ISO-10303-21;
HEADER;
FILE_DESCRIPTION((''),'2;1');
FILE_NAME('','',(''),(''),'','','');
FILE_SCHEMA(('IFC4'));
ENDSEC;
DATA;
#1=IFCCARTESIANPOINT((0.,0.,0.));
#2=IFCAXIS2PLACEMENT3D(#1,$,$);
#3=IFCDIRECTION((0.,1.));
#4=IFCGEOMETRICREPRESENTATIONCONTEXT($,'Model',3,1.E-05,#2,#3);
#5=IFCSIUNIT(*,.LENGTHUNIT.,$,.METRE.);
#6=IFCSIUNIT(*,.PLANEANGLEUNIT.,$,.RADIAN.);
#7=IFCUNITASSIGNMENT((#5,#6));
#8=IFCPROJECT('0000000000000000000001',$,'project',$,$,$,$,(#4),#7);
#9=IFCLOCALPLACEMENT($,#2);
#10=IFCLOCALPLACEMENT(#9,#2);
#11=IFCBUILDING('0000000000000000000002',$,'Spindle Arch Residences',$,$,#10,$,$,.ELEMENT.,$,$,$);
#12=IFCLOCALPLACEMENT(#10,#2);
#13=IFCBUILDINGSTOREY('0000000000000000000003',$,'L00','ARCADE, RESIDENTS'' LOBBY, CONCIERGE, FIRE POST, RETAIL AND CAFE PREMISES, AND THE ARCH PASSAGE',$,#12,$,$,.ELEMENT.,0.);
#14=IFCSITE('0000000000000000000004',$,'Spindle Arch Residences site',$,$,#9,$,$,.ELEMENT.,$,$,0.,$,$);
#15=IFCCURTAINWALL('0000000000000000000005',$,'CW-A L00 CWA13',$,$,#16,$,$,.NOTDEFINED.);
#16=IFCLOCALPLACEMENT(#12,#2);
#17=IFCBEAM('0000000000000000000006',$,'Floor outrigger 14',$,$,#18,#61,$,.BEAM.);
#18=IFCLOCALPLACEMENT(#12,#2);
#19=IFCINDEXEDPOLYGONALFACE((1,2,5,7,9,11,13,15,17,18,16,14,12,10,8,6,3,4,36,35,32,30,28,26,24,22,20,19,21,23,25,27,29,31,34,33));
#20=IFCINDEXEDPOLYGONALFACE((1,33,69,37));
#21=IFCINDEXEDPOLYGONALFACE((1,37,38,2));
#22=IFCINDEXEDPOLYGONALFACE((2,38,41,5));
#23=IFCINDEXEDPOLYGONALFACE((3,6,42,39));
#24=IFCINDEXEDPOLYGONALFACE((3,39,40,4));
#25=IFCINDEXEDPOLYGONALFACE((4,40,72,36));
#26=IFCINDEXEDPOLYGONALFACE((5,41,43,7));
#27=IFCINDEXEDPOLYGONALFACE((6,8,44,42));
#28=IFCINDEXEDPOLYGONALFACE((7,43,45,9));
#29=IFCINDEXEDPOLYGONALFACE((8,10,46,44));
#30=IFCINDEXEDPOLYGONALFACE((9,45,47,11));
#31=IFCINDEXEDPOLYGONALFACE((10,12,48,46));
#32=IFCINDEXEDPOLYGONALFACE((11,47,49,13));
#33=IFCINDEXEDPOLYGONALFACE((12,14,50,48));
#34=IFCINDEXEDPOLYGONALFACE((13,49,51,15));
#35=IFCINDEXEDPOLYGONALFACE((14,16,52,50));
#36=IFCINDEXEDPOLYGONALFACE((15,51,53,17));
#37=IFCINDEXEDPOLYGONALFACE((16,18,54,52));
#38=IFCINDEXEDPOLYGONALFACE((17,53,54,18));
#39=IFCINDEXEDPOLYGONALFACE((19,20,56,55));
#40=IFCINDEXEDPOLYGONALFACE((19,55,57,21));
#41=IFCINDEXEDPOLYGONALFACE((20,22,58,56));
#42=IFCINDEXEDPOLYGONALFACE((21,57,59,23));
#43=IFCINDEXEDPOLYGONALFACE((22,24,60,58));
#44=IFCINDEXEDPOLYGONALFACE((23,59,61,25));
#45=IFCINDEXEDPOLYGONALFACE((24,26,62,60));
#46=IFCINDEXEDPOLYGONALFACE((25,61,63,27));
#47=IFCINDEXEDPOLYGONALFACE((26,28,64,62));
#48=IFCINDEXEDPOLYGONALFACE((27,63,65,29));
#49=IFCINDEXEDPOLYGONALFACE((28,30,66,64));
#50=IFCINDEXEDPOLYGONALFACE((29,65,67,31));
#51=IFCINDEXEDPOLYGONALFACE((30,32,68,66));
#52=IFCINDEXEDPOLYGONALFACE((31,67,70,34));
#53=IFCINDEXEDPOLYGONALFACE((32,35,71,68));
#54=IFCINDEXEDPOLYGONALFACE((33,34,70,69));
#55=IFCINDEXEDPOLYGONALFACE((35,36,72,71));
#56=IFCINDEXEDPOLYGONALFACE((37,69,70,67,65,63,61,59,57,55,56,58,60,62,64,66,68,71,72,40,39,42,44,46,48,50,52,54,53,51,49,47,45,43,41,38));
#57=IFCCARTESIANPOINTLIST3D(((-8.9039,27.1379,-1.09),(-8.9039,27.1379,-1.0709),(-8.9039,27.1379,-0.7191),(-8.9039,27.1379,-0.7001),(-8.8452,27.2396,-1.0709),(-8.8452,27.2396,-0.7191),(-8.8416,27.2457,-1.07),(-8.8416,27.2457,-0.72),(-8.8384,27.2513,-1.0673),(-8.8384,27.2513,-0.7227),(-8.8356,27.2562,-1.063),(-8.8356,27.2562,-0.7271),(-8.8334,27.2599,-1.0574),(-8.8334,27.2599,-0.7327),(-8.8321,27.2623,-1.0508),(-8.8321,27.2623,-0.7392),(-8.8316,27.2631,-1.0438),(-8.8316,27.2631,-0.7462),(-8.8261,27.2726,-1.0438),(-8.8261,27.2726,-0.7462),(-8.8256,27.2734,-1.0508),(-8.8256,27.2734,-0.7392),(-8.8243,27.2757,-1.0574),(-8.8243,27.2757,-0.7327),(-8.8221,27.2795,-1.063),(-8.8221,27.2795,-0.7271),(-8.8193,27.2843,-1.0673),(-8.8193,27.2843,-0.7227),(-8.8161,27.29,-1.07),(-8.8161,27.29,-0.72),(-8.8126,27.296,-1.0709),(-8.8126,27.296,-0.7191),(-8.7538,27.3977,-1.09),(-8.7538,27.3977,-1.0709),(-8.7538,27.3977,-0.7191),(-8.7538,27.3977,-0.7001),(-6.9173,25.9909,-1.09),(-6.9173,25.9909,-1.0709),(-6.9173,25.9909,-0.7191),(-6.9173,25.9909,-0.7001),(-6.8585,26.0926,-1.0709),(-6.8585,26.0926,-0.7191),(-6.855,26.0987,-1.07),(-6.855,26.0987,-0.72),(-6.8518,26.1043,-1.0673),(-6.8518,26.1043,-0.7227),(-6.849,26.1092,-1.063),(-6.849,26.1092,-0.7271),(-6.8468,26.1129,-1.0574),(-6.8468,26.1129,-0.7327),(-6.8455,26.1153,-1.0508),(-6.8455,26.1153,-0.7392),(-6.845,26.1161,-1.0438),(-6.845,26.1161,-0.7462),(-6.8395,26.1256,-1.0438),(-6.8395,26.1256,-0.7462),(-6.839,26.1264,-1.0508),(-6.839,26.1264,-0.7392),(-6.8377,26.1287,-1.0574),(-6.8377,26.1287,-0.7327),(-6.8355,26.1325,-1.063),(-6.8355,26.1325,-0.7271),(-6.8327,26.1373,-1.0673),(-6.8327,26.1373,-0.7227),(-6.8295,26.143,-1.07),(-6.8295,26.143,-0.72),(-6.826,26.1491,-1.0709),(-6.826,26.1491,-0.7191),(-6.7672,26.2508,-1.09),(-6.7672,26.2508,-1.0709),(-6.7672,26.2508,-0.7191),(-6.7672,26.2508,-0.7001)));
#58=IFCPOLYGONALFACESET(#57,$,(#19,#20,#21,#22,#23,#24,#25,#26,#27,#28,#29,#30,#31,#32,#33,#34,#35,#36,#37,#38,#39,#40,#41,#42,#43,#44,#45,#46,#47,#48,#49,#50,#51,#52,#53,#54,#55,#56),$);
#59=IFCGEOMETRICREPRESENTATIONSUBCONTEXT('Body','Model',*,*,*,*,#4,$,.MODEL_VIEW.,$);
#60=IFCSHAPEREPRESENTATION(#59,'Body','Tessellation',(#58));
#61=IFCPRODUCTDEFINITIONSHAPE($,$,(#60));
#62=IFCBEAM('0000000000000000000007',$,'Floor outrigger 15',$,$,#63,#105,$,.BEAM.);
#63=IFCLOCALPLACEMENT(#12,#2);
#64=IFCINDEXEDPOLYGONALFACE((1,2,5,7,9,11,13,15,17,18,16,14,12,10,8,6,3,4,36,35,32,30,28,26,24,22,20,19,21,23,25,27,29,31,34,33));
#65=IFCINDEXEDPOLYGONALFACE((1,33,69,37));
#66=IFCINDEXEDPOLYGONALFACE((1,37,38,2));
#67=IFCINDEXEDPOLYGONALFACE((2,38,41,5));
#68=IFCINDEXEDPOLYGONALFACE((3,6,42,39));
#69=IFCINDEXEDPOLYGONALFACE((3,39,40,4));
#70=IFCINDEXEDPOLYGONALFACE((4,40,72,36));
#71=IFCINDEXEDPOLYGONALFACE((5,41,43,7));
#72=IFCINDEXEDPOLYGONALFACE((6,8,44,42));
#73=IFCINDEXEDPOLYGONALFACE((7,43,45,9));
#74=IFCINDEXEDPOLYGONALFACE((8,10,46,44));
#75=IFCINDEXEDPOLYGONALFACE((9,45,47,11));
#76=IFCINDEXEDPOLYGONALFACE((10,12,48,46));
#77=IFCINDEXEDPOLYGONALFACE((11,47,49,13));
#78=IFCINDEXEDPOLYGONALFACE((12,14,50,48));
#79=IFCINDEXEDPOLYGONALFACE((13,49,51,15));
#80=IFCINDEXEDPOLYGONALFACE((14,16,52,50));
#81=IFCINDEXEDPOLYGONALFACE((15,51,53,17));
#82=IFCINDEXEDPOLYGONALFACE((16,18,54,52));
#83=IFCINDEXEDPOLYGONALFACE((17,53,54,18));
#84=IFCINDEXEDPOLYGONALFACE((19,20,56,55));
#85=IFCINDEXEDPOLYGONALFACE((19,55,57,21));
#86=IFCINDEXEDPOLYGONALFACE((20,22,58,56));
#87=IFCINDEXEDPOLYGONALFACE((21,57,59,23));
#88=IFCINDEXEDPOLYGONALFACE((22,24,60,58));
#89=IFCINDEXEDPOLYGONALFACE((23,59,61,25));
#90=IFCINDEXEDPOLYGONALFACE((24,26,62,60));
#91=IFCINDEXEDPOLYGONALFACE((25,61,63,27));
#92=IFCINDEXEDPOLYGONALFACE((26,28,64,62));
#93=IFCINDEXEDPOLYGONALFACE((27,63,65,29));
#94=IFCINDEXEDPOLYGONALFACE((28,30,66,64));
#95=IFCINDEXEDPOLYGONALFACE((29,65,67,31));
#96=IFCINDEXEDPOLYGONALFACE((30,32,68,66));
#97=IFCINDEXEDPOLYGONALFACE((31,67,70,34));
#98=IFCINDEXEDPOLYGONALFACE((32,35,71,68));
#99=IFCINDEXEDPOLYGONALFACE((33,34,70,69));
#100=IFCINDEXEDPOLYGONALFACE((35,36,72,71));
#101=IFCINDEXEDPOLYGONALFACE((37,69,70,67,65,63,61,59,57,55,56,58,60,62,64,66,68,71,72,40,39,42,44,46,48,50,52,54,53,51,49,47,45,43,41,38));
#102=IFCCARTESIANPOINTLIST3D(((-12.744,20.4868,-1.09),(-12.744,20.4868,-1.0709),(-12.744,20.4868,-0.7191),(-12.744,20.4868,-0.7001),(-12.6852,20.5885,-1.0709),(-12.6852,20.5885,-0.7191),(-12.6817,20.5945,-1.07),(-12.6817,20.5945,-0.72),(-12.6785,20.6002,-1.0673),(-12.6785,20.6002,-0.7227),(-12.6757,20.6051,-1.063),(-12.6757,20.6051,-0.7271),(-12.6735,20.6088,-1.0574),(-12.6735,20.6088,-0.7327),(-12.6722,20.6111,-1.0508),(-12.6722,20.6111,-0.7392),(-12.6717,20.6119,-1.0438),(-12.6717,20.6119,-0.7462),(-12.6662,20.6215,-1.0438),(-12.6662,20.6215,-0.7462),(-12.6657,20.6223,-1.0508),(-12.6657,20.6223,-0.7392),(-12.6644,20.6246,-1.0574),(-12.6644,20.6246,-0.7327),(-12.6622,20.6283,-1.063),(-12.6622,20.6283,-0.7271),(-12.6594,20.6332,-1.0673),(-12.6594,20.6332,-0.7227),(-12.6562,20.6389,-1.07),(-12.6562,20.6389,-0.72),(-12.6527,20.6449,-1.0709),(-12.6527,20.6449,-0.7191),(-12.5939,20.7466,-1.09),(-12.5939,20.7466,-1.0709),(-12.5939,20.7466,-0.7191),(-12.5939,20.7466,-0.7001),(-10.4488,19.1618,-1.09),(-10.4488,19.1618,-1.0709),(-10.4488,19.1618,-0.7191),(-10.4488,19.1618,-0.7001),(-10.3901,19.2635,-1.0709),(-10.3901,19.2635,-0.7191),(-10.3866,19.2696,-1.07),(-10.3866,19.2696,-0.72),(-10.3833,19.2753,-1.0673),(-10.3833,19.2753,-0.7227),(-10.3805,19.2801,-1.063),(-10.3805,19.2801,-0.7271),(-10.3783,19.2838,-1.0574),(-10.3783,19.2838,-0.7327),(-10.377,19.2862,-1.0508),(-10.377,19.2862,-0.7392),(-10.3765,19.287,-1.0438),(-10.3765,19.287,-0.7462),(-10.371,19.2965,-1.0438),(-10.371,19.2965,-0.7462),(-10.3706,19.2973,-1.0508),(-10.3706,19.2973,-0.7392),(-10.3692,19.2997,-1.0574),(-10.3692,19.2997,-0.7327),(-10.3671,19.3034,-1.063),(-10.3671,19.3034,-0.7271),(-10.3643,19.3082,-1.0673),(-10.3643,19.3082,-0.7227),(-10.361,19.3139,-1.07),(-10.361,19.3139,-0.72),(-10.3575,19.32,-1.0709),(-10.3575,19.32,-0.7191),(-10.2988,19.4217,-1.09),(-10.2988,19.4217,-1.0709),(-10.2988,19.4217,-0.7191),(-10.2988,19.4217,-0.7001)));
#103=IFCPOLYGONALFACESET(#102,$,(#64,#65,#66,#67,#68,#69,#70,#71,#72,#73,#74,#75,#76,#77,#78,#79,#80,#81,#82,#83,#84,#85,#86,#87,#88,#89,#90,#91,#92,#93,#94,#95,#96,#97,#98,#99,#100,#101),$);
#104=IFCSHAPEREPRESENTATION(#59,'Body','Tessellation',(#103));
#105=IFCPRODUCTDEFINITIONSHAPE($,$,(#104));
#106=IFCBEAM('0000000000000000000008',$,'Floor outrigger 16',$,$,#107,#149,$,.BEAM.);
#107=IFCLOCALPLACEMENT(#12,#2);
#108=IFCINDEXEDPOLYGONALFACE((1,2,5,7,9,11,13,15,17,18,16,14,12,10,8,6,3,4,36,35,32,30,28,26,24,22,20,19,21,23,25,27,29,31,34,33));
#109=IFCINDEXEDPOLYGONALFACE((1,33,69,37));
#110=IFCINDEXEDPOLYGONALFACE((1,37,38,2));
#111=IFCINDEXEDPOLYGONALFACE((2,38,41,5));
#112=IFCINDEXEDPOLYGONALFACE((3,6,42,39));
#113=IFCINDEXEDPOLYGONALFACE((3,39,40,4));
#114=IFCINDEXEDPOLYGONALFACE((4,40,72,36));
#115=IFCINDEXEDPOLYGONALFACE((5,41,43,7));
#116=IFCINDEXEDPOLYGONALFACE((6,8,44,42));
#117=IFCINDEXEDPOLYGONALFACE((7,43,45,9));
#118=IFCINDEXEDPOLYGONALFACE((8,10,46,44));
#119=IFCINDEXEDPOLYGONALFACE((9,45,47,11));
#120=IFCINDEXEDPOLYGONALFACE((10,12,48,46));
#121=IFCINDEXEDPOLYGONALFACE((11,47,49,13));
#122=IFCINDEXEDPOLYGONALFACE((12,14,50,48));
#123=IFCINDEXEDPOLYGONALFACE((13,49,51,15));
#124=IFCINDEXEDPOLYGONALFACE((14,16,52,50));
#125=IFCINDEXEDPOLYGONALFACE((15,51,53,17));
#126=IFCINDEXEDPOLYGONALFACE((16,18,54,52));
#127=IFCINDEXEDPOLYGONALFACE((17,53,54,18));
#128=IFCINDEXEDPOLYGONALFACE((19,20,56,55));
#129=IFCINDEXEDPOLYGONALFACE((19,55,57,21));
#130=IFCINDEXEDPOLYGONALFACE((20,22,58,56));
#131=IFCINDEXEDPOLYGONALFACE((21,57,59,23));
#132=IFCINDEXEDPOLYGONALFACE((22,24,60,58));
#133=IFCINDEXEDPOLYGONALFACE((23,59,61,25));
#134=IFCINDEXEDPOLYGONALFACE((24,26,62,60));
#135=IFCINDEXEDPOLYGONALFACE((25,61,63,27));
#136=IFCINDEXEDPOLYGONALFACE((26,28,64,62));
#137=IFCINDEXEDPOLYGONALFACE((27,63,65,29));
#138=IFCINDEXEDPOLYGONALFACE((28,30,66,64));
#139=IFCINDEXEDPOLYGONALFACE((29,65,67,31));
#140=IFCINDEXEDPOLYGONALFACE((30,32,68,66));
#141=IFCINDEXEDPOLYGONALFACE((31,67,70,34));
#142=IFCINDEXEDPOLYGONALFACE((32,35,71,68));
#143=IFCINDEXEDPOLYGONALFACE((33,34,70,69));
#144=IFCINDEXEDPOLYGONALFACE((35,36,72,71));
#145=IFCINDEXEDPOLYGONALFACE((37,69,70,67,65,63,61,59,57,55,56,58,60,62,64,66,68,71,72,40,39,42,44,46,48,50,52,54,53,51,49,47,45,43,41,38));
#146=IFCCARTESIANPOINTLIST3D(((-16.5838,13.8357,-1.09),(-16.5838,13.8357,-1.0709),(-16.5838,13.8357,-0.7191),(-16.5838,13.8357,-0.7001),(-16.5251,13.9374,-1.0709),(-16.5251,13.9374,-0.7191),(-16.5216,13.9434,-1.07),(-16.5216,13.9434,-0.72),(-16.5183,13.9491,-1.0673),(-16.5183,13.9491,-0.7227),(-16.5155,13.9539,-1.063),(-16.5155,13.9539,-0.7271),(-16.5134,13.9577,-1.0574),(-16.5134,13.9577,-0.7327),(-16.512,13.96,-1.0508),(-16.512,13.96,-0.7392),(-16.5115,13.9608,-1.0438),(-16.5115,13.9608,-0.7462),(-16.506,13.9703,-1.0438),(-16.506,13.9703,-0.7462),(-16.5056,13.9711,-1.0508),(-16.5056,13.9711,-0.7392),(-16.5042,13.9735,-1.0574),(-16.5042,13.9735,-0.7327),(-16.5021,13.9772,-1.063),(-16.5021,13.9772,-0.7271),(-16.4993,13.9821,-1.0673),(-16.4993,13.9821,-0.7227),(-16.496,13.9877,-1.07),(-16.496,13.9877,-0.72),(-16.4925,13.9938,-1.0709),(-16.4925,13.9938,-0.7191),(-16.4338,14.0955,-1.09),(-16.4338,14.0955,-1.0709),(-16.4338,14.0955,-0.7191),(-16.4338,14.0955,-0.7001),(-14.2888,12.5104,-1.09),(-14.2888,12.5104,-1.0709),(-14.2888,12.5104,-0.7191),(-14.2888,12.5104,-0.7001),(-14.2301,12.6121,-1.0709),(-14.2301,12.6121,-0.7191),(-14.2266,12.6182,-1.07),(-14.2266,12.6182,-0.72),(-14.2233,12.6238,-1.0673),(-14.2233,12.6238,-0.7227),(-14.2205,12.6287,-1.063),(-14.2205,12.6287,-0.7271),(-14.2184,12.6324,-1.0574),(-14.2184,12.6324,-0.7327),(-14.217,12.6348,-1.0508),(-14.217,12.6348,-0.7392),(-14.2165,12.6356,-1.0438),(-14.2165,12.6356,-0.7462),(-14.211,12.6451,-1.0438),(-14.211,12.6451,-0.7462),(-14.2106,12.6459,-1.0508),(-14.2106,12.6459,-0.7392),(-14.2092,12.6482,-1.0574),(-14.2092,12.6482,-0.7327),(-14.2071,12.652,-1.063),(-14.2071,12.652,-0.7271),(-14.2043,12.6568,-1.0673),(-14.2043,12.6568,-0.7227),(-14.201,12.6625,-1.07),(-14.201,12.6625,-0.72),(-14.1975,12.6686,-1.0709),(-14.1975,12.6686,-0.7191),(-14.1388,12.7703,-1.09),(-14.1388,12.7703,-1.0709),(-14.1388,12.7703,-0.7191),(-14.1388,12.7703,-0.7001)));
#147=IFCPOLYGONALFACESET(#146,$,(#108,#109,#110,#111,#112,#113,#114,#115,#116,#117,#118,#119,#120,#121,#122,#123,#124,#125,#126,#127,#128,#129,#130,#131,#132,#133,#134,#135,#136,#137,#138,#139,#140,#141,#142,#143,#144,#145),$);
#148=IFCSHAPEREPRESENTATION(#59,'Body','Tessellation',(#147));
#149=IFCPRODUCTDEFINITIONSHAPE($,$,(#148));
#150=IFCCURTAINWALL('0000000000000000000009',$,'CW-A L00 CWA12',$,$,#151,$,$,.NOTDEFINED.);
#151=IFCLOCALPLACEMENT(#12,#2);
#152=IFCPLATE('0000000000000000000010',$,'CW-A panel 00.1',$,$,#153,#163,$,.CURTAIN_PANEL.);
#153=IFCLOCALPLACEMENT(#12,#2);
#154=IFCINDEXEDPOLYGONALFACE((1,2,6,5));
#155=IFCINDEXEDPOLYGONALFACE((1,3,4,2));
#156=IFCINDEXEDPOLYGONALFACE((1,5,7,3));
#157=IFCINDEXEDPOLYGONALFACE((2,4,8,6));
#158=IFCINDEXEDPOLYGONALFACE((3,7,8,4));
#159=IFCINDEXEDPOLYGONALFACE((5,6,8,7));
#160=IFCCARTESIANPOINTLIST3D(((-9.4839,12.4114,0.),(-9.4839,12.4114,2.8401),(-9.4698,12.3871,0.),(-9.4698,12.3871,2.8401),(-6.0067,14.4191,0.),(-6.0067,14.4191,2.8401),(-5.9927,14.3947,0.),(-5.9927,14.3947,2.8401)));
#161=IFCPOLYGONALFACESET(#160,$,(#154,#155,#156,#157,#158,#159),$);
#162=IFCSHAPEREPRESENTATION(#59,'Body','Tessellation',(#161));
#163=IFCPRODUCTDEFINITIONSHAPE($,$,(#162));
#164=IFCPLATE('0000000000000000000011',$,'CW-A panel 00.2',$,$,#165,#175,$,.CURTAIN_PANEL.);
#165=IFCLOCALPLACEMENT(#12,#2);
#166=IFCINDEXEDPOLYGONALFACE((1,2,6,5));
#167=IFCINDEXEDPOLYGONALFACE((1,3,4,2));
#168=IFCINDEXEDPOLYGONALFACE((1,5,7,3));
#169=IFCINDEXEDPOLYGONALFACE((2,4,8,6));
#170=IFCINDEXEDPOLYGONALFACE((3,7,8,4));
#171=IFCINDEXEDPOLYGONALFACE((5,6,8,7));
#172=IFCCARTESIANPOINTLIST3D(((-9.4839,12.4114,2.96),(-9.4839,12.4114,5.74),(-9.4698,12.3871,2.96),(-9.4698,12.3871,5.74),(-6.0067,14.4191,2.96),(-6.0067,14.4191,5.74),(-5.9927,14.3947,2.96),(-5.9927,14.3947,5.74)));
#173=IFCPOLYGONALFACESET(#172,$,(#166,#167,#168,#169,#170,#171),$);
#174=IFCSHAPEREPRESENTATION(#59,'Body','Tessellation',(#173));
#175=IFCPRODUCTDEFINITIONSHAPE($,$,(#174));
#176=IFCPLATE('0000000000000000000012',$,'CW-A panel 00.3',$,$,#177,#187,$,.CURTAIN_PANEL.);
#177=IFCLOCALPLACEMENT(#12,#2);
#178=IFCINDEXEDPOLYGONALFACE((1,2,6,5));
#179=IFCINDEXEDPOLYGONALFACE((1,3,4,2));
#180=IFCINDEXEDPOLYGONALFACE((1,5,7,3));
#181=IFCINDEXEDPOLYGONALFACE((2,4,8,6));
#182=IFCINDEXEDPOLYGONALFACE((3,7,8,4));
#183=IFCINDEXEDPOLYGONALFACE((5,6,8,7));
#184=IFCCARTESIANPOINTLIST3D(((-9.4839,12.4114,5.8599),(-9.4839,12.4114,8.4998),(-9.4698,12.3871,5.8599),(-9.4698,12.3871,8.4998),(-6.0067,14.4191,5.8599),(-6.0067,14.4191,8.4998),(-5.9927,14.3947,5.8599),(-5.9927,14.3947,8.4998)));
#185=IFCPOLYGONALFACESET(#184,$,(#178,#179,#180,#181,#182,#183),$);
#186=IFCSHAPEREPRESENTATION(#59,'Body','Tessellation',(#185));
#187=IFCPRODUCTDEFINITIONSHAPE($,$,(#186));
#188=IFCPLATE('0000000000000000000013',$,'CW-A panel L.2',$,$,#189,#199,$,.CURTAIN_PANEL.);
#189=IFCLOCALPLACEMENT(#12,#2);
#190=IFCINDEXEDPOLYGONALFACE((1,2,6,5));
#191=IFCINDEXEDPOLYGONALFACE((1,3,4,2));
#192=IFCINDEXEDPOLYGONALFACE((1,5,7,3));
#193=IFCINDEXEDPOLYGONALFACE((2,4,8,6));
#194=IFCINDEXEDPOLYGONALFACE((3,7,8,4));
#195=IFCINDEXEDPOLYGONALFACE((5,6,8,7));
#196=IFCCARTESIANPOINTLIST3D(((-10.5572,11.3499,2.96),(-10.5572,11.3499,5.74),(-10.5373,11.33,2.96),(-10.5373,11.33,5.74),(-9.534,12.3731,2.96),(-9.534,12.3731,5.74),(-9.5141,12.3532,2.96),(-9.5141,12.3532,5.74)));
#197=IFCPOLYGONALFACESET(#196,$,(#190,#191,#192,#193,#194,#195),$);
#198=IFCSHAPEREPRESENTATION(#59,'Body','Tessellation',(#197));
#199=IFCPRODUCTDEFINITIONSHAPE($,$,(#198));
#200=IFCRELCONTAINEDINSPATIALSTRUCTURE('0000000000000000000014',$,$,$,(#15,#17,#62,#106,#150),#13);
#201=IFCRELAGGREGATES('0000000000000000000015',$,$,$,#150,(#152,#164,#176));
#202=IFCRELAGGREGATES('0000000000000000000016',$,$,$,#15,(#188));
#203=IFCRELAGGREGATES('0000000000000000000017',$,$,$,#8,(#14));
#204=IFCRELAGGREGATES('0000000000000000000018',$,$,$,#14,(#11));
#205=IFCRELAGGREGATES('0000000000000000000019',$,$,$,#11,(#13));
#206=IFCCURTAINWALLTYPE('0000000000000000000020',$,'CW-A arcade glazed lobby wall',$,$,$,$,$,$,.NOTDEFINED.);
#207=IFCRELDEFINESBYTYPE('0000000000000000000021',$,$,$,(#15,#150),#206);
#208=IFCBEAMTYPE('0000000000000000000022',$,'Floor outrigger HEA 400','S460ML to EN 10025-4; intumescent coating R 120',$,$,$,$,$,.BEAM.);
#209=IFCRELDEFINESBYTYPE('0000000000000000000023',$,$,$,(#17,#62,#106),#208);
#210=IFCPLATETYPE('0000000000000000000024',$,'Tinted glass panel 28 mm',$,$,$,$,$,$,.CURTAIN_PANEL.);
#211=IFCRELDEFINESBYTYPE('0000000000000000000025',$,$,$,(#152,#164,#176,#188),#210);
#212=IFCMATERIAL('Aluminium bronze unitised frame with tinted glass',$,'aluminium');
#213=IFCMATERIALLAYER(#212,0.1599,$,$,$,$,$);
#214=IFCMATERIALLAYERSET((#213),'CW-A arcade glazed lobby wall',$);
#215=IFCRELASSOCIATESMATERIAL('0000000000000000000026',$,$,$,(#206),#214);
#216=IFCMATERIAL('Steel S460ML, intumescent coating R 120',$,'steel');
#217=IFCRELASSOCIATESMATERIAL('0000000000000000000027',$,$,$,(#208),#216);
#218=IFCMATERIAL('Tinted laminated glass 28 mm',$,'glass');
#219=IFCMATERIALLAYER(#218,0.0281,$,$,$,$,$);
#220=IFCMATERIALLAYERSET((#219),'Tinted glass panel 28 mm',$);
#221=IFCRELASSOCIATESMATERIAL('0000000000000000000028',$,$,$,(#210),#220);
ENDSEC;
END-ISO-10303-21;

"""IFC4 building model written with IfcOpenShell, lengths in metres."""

from ifc_helpers import new_model, si_unit, direction, frame, origin, origin_2d, place, context, subcontext, project, spatial, rectangle, i_section, extrude, material, layer, layer_set, material_profile, profile_set, type_object, element, aggregate, save


model = new_model("IFC4")

# Units and contexts
model_context = context("Model", 3, precision=1e-05, world=origin(), true_north=direction((0.0, 1.0)))
body_context = subcontext(model_context, "Body", "Model", "MODEL_VIEW")
ifc_project = project(units=[si_unit("LENGTHUNIT", "METRE"), si_unit("PLANEANGLEUNIT", "RADIAN")], contexts=[model_context])

# Site, building, storey
site_placement = place(None, origin())
site = spatial("IfcSite", under=ifc_project, at=site_placement, Name="Spindle Arch Residences site", CompositionType="ELEMENT", RefElevation=0.0)
building_placement = place(site_placement, origin())
building = spatial("IfcBuilding", under=site, at=building_placement, Name="Spindle Arch Residences", CompositionType="ELEMENT")
storey_placement = place(building_placement, origin())
storey = spatial("IfcBuildingStorey", under=building, at=storey_placement, Name="L00", Description="ARCADE, RESIDENTS' LOBBY, CONCIERGE, FIRE POST, RETAIL AND CAFE PREMISES, AND THE ARCH PASSAGE", CompositionType="ELEMENT", Elevation=0.0)

# Curtain wall
ifc_material_1 = material(Name="Aluminium bronze unitised frame with tinted glass", Category="aluminium")
ifc_layer_1 = layer(ifc_material_1, 0.1599)
ifc_layer_set_1 = layer_set([ifc_layer_1], Name="CW-A arcade glazed lobby wall")
curtain_wall_type = type_object("IfcCurtainWallType", Name="CW-A arcade glazed lobby wall", PredefinedType="NOTDEFINED", material=ifc_layer_set_1)
curtain_wall_1_placement = place(storey_placement, origin())
curtain_wall_1 = element("IfcCurtainWall", 1, at=curtain_wall_1_placement, inside=storey, type_object=curtain_wall_type, Name="CW-A L00 CWA13", PredefinedType="NOTDEFINED")

# Beams
ifc_material_2 = material(Name="Steel S460ML, intumescent coating R 120", Category="steel")
ifc_material_profile_1 = material_profile(ifc_material_2, i_section(OverallWidth=0.3, OverallDepth=0.3899, WebThickness=0.011, FlangeThickness=0.019, FilletRadius=0.0271, at=origin_2d()), Name="HEA 400")
ifc_profile_set_1 = profile_set([ifc_material_profile_1], Name="Steel S460ML, intumescent coating R 120")
beam_type_1 = type_object("IfcBeamType", Name="Floor outrigger HEA 400", Description="S460ML to EN 10025-4; intumescent coating R 120", PredefinedType="BEAM", material=ifc_profile_set_1)
beam_1_placement = place(storey_placement, frame((-8.8289, 27.2678, -0.895), z_axis=(0.866021, -0.500008, 0.0), x_axis=(0.500008, 0.866021, 0.0)))
element("IfcBeam", 2, at=beam_1_placement, inside=storey, type_object=beam_type_1, Name="Floor outrigger 14", PredefinedType="BEAM", context=body_context, shape_type="SweptSolid", body=[
    extrude(i_section(OverallWidth=0.3, OverallDepth=0.3899, WebThickness=0.011, FlangeThickness=0.019, FilletRadius=0.0271, at=origin_2d()), origin(), (0.0, 0.0, 1.0), 2.2939),
])
for number, where, z_axis, x_axis, name in (
    (3, (-12.6689, 20.6167, -0.895), (0.866052, -0.499954, 0.0), (0.499954, 0.866052, 0.0), "Floor outrigger 15"),
    (4, (-16.5088, 13.9656, -0.895), (0.865989, -0.500063, 0.0), (0.500063, 0.865989, 0.0), "Floor outrigger 16"),
):
    element("IfcBeam", number, at=place(storey_placement, frame(where, z_axis=z_axis, x_axis=x_axis)), inside=storey, type_object=beam_type_1, Name=name, PredefinedType="BEAM", context=body_context, shape_type="SweptSolid", body=[
        extrude(i_section(OverallWidth=0.3, OverallDepth=0.3899, WebThickness=0.011, FlangeThickness=0.019, FilletRadius=0.0271, at=origin_2d()), origin(), (0.0, 0.0, 1.0), 2.6501),
    ])

# Curtain wall, plates
curtain_wall_2_placement = place(storey_placement, origin())
curtain_wall_2 = element("IfcCurtainWall", 5, at=curtain_wall_2_placement, inside=storey, type_object=curtain_wall_type, Name="CW-A L00 CWA12", PredefinedType="NOTDEFINED")
ifc_material_3 = material(Name="Tinted laminated glass 28 mm", Category="glass")
ifc_layer_2 = layer(ifc_material_3, 0.0281)
ifc_layer_set_2 = layer_set([ifc_layer_2], Name="Tinted glass panel 28 mm")
plate_type = type_object("IfcPlateType", Name="Tinted glass panel 28 mm", PredefinedType="CURTAIN_PANEL", material=ifc_layer_set_2)
plate_1_placement = place(storey_placement, frame((-7.7383, 13.4031, 0.0), z_axis=(0.0, 0.0, 1.0), x_axis=(-0.866012, -0.500023, 0.0)))
plate_1 = element("IfcPlate", 6, at=plate_1_placement, type_object=plate_type, Name="CW-A panel 00.1", PredefinedType="CURTAIN_PANEL", context=body_context, shape_type="SweptSolid", body=[
    extrude(rectangle(XDim=4.0151, YDim=0.0281, at=origin_2d()), origin(), (0.0, 0.0, 1.0), 2.8401),
])
plate_2_placement = place(storey_placement, frame((-7.7383, 13.4031, 2.96), z_axis=(0.0, 0.0, 1.0), x_axis=(-0.866012, -0.500023, 0.0)))
plate_2 = element("IfcPlate", 7, at=plate_2_placement, type_object=plate_type, Name="CW-A panel 00.2", PredefinedType="CURTAIN_PANEL", context=body_context, shape_type="SweptSolid", body=[
    extrude(rectangle(XDim=4.0151, YDim=0.0281, at=origin_2d()), origin(), (0.0, 0.0, 1.0), 2.78),
])
plate_3_placement = place(storey_placement, frame((-7.7383, 13.4031, 5.8599), z_axis=(0.0, 0.0, 1.0), x_axis=(-0.866012, -0.500023, 0.0)))
plate_3 = element("IfcPlate", 8, at=plate_3_placement, type_object=plate_type, Name="CW-A panel 00.3", PredefinedType="CURTAIN_PANEL", context=body_context, shape_type="SweptSolid", body=[
    extrude(rectangle(XDim=4.0151, YDim=0.0281, at=origin_2d()), origin(), (0.0, 0.0, 1.0), 2.6399),
])
aggregate(curtain_wall_2, [plate_1, plate_2, plate_3])

# Plate
plate_4_placement = place(storey_placement, frame((-10.0356, 11.8516, 2.96), z_axis=(0.0, 0.0, 1.0), x_axis=(-0.707107, -0.707107, 0.0)))
plate_4 = element("IfcPlate", 9, at=plate_4_placement, type_object=plate_type, Name="CW-A panel L.2", PredefinedType="CURTAIN_PANEL", context=body_context, shape_type="SweptSolid", body=[
    extrude(rectangle(XDim=1.447, YDim=0.0281, at=origin_2d()), origin(), (0.0, 0.0, 1.0), 2.78),
])
aggregate(curtain_wall_1, [plate_4])

save(model, "model.ifc")
